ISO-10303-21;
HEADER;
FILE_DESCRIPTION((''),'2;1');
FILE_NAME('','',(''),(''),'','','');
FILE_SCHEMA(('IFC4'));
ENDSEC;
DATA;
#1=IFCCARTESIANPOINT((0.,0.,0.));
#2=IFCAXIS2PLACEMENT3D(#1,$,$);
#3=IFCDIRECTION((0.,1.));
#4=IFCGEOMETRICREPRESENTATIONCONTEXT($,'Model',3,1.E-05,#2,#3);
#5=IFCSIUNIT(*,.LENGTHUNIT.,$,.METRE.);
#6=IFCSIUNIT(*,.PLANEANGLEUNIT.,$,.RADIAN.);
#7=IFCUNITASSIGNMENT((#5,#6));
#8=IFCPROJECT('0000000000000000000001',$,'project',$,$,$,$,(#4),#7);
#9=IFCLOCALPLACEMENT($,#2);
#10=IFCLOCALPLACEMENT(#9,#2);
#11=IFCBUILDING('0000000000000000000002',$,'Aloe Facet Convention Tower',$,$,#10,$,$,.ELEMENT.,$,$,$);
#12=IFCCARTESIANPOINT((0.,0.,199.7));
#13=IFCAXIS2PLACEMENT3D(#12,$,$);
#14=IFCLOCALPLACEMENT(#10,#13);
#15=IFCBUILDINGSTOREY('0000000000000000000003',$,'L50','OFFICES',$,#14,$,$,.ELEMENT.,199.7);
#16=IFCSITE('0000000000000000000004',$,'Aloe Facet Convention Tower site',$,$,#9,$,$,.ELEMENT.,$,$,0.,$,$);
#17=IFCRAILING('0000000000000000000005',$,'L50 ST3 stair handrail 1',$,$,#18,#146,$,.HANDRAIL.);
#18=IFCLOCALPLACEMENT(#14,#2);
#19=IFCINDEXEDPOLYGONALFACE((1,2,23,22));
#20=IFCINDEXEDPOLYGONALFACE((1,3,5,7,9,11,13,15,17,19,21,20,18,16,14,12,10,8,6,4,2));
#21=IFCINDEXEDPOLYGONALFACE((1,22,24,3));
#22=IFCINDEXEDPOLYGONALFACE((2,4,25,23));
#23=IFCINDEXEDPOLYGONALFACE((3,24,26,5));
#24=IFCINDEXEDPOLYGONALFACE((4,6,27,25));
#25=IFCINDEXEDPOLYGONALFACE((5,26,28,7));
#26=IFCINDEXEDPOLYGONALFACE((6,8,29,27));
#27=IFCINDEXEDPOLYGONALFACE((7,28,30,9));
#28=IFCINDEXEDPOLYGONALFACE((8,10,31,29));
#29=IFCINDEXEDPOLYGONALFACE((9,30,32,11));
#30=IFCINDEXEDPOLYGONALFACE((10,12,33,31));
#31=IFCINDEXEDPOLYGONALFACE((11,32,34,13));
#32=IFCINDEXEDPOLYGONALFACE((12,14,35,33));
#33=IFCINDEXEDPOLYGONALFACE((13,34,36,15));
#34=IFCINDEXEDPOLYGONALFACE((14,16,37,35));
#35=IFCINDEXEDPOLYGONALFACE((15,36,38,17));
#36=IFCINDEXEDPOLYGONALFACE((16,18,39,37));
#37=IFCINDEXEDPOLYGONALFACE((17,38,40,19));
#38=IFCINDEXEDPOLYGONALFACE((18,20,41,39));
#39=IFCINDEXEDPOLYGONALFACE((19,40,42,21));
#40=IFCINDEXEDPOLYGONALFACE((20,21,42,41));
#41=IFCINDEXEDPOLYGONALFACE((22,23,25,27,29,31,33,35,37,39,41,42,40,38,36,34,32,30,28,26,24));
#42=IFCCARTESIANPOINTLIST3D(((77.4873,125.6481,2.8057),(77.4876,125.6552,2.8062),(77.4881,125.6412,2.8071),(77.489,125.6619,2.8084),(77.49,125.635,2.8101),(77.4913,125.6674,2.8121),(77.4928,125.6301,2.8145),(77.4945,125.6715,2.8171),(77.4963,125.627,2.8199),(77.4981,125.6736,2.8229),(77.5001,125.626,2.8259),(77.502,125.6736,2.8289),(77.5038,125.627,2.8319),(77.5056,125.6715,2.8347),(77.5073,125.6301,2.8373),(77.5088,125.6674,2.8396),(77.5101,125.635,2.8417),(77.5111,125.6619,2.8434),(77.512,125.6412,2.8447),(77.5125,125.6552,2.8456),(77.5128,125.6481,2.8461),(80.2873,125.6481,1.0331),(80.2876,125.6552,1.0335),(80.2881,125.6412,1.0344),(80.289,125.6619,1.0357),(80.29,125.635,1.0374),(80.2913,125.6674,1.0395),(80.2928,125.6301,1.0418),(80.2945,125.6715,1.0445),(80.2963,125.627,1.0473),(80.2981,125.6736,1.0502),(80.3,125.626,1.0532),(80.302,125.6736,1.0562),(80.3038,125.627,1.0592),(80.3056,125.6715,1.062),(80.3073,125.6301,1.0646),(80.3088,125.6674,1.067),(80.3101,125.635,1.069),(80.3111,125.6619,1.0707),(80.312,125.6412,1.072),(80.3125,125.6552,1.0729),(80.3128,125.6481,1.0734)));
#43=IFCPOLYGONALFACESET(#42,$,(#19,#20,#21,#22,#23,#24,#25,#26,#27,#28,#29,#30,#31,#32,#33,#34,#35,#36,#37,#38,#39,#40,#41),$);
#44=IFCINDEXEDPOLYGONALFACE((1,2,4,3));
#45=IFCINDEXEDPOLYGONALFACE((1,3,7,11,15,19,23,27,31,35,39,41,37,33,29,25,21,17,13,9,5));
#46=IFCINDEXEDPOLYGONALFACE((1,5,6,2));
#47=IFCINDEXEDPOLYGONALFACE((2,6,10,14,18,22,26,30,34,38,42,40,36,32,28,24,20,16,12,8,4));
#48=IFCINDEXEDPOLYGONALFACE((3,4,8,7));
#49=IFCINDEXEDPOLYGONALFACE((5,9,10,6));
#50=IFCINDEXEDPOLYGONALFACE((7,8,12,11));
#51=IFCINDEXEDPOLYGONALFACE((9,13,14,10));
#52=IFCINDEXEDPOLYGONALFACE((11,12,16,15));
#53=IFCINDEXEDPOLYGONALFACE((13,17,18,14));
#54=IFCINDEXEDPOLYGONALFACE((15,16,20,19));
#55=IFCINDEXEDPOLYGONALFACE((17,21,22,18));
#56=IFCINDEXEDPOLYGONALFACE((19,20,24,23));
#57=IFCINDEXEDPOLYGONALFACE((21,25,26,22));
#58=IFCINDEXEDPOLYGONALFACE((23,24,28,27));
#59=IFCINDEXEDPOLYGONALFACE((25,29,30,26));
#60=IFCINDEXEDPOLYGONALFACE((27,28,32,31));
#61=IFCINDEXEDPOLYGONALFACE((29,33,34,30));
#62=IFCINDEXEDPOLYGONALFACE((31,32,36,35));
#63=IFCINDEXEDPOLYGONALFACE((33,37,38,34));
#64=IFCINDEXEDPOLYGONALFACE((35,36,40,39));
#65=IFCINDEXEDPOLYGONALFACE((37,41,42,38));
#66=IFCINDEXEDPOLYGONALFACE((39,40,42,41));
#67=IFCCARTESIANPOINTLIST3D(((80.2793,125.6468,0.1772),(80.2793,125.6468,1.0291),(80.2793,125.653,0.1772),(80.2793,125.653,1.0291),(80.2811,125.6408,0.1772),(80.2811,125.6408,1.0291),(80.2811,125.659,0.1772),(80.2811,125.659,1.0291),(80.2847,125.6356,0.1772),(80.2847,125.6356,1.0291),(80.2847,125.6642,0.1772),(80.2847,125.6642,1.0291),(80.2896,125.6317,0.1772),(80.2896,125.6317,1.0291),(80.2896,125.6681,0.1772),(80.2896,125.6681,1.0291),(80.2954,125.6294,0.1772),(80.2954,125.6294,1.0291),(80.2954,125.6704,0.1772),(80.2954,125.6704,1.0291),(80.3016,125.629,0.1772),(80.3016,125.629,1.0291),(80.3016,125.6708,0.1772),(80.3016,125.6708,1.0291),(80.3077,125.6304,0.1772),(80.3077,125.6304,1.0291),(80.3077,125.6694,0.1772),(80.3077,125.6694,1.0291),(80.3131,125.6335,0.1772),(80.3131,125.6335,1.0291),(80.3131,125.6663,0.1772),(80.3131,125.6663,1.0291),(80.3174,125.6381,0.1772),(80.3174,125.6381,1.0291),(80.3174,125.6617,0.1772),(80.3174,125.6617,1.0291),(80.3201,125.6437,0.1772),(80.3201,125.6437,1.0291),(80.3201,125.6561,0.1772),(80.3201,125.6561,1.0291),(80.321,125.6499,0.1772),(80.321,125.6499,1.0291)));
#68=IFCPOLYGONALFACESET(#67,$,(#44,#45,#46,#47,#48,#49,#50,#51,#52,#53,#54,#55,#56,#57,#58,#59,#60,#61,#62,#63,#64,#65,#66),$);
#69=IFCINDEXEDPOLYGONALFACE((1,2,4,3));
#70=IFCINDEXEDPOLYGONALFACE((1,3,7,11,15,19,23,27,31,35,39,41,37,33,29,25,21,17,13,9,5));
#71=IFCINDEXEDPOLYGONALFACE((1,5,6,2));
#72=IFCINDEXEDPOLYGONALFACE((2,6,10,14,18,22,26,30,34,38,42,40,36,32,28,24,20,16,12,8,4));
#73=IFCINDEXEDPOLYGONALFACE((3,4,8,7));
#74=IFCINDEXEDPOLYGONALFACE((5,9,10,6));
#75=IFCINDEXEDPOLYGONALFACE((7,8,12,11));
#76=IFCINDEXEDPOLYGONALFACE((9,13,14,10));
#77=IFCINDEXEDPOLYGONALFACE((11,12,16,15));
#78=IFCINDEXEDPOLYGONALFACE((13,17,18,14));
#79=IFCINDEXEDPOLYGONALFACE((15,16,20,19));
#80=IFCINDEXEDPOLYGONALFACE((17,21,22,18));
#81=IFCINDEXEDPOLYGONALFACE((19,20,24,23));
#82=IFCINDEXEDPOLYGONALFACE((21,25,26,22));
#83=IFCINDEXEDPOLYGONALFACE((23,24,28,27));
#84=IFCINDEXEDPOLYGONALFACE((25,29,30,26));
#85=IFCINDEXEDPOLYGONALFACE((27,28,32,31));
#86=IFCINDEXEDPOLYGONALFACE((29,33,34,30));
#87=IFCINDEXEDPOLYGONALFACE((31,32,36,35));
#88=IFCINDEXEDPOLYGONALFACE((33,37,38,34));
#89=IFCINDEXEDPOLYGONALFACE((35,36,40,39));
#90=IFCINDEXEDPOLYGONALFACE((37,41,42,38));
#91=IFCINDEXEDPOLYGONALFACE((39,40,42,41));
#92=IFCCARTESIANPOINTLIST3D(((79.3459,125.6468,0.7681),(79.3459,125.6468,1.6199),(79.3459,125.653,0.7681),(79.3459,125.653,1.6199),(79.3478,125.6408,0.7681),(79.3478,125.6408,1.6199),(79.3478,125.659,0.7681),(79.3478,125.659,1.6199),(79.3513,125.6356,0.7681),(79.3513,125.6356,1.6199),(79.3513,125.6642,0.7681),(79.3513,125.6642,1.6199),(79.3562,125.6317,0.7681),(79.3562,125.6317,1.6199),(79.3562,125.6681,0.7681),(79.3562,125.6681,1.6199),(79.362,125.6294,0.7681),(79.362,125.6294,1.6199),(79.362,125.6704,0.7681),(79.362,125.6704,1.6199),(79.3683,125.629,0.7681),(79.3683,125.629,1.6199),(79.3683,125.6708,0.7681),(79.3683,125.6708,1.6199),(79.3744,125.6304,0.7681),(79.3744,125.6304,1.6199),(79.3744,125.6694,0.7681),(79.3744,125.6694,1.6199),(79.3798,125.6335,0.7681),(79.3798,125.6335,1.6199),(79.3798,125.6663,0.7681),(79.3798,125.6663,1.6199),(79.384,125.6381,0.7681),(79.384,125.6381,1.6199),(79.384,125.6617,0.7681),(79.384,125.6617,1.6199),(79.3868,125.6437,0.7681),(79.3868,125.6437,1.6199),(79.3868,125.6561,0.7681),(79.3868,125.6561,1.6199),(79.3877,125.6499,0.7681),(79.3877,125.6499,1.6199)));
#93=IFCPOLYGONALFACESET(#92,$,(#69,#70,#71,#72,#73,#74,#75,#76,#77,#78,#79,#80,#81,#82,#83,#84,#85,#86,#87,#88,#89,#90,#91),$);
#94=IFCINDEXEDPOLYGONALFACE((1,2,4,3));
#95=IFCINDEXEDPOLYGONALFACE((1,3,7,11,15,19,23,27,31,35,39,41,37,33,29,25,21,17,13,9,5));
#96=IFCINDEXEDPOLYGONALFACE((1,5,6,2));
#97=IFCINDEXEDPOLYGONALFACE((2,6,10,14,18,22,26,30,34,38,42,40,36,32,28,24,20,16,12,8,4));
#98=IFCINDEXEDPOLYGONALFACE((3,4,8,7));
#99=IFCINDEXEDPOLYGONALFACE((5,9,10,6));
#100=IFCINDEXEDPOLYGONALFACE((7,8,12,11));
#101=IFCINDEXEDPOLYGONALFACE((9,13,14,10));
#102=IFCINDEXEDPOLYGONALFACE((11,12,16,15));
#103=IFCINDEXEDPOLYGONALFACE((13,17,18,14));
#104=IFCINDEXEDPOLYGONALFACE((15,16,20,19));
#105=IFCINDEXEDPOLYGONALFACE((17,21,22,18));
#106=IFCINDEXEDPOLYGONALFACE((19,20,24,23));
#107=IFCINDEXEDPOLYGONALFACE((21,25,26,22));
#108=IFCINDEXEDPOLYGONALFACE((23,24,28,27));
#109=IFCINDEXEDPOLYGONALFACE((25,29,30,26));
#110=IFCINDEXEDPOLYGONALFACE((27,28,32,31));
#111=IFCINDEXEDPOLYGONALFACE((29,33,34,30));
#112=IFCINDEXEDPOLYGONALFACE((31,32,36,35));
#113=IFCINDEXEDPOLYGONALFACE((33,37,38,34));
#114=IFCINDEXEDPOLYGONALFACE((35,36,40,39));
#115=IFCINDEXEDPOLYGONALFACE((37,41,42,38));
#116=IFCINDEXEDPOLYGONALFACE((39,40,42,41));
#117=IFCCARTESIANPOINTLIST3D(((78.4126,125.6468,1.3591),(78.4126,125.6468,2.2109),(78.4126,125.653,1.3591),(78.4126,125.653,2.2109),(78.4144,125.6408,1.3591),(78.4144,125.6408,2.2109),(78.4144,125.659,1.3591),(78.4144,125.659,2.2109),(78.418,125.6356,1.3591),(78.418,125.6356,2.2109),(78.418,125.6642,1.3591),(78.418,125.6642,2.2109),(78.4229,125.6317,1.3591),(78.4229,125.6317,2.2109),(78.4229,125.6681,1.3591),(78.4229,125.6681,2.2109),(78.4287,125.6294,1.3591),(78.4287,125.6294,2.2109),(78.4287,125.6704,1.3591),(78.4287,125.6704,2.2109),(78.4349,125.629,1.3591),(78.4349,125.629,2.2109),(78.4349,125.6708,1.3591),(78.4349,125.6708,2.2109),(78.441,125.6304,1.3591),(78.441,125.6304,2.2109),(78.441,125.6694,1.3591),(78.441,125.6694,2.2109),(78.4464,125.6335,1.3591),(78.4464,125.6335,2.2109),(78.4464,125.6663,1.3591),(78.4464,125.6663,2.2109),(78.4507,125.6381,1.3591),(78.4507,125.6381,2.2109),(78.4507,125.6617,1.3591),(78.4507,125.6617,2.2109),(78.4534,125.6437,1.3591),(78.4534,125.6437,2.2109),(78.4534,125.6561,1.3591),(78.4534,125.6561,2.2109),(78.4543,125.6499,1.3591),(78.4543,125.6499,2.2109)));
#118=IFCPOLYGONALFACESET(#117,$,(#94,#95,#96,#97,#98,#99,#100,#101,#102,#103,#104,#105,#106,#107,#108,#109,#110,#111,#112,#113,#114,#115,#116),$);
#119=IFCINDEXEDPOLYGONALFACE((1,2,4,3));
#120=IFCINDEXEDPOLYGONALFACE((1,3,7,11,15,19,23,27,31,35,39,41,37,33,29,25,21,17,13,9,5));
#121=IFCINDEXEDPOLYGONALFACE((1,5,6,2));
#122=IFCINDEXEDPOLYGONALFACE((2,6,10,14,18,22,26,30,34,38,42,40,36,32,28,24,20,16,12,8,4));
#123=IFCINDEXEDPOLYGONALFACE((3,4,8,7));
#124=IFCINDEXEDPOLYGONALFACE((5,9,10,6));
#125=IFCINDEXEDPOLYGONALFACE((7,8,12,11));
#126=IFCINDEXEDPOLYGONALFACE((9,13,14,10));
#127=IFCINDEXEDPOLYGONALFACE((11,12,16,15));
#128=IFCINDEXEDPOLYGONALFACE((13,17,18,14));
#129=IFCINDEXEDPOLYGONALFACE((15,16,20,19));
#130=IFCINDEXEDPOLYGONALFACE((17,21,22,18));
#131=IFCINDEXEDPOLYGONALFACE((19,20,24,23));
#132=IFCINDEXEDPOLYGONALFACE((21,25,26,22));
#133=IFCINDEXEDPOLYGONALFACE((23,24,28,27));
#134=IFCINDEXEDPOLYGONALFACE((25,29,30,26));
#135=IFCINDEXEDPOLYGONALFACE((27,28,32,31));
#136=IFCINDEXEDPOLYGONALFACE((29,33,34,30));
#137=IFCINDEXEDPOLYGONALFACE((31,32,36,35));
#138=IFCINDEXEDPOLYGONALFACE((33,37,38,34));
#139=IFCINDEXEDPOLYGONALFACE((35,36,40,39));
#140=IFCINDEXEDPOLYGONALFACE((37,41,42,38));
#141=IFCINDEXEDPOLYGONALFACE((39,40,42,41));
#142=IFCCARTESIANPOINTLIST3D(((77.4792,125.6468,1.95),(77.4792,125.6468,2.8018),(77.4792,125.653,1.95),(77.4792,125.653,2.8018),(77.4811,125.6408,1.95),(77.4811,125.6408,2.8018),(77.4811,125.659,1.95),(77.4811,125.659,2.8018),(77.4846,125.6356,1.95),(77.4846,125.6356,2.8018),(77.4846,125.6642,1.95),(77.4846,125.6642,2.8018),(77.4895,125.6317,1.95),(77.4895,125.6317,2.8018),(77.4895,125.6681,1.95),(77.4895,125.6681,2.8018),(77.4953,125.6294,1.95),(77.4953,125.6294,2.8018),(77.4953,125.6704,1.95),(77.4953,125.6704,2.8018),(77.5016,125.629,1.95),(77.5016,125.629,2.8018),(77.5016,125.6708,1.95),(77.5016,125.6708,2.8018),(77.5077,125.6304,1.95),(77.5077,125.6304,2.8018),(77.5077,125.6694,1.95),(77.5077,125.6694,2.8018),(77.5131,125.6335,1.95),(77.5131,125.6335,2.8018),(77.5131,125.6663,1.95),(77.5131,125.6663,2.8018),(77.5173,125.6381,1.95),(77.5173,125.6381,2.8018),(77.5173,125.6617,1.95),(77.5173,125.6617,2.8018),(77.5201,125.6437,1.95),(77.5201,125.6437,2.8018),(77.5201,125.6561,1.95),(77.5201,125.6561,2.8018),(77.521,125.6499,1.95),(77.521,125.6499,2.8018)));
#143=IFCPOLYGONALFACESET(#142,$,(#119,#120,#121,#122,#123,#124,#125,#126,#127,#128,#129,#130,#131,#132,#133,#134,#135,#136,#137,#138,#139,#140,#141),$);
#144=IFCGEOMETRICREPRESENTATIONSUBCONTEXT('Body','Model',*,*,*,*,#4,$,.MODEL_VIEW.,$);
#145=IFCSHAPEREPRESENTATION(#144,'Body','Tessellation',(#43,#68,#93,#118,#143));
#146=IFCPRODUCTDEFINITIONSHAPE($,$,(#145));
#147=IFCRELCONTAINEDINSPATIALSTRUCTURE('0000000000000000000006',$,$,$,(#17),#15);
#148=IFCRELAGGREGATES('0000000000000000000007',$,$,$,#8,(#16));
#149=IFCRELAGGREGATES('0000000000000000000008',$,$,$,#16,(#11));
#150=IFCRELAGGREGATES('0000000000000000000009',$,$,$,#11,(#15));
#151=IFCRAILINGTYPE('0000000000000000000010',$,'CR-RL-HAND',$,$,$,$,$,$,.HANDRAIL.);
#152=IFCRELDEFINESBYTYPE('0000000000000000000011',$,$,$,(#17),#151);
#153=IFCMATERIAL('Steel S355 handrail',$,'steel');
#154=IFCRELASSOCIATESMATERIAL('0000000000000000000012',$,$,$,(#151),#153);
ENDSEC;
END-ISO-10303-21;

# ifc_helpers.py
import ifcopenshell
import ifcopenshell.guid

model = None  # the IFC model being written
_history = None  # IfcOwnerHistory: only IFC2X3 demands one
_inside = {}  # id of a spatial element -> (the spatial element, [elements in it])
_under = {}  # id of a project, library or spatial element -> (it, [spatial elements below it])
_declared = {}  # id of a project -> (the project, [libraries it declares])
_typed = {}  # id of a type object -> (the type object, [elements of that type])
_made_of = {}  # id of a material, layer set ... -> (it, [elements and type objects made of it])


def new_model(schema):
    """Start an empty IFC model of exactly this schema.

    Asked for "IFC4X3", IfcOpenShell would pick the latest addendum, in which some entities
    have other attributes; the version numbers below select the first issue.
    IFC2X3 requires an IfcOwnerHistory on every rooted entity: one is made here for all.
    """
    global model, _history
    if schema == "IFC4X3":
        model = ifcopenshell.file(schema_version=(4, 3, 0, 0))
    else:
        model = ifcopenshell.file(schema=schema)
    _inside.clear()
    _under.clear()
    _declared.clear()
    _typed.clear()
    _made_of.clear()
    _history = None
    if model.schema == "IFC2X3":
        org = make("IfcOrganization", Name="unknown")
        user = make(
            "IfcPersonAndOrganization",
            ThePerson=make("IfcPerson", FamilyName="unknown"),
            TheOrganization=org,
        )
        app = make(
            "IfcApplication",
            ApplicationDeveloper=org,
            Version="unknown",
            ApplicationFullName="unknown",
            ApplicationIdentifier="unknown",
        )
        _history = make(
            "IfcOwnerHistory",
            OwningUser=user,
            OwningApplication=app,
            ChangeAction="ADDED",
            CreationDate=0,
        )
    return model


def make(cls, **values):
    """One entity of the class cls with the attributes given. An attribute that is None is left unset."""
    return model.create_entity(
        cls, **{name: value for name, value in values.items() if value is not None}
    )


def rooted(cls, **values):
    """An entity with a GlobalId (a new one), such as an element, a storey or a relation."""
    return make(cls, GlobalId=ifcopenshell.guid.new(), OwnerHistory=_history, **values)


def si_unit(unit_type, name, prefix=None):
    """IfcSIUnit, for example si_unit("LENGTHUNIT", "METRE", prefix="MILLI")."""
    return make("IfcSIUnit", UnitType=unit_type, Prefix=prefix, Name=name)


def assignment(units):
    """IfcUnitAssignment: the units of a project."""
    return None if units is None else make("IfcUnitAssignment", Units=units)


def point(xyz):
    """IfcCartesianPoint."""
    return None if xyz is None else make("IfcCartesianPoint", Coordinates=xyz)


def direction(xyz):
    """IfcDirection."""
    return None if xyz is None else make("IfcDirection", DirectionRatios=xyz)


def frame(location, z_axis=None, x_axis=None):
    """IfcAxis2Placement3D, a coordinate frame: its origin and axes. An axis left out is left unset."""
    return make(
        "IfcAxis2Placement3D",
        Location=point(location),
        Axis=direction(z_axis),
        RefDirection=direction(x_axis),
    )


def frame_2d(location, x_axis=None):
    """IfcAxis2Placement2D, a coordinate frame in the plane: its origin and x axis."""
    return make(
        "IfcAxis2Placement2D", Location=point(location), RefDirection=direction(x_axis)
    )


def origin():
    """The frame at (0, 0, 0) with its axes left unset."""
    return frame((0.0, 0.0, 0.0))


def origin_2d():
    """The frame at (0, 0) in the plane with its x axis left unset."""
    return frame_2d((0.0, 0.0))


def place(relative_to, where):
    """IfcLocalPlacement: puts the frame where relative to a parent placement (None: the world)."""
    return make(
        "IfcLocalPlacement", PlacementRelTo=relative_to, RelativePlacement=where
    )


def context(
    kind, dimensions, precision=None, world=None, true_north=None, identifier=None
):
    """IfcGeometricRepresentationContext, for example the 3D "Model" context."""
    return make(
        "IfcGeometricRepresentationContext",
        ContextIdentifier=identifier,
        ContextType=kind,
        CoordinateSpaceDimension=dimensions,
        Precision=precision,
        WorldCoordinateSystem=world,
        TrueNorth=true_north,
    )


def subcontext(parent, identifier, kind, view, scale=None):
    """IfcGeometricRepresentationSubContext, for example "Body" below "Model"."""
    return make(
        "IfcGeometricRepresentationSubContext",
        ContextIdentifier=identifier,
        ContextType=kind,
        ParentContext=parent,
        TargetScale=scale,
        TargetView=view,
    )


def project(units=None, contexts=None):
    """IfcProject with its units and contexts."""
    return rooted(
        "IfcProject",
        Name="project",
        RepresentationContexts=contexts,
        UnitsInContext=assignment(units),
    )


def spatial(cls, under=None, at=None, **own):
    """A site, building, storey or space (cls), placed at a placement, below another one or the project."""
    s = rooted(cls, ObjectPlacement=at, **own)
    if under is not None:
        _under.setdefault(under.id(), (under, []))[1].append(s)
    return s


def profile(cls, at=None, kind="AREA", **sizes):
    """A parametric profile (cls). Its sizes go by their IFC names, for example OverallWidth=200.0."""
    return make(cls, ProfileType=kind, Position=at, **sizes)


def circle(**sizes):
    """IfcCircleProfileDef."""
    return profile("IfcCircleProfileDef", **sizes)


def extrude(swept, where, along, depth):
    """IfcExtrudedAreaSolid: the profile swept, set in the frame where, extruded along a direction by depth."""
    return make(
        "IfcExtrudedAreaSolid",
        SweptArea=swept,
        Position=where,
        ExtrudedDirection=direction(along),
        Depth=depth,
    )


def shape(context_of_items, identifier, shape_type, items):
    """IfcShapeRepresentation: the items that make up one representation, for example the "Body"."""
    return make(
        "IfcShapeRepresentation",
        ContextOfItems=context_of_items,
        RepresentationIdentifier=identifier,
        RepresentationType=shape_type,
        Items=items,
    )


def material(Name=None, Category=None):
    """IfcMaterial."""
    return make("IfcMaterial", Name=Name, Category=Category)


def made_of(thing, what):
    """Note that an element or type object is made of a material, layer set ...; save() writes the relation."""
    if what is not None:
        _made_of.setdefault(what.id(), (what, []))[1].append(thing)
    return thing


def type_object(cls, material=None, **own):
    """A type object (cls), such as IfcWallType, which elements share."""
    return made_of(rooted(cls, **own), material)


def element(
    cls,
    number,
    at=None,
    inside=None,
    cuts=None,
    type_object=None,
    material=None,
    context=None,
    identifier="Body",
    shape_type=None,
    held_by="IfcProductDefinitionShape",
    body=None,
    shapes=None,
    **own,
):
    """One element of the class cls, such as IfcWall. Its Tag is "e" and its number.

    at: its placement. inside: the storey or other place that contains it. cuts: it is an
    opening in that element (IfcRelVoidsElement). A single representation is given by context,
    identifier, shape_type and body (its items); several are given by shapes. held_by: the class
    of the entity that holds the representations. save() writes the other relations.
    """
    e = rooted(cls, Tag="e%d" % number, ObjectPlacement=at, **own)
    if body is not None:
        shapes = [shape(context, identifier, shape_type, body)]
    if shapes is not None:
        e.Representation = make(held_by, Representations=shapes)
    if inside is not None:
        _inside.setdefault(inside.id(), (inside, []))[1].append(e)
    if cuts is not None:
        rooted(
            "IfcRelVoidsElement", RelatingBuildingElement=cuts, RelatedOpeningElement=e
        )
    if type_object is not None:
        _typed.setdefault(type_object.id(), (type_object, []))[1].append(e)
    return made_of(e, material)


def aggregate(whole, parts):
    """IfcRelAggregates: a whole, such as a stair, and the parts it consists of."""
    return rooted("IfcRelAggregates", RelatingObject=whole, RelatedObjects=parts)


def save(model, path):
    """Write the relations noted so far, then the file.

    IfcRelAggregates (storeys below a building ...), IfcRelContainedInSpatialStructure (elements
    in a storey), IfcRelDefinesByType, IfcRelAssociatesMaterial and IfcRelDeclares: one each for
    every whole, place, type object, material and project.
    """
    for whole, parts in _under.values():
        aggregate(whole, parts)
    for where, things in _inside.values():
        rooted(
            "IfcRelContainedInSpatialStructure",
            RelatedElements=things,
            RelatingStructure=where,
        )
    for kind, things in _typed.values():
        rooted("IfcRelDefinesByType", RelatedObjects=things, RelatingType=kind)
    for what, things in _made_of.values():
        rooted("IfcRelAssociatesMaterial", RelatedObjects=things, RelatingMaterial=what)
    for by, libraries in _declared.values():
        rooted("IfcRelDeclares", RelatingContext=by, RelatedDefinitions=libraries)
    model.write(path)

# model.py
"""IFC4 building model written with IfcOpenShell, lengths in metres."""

from ifc_helpers import new_model, si_unit, direction, frame, origin, origin_2d, place, context, subcontext, project, spatial, circle, extrude, material, type_object, element, save


model = new_model("IFC4")

# Units and contexts
model_context = context("Model", 3, precision=1e-05, world=origin(), true_north=direction((0.0, 1.0)))
body_context = subcontext(model_context, "Body", "Model", "MODEL_VIEW")
ifc_project = project(units=[si_unit("LENGTHUNIT", "METRE"), si_unit("PLANEANGLEUNIT", "RADIAN")], contexts=[model_context])

# Site, building, storey
site_placement = place(None, origin())
site = spatial("IfcSite", under=ifc_project, at=site_placement, Name="Aloe Facet Convention Tower site", CompositionType="ELEMENT", RefElevation=0.0)
building_placement = place(site_placement, origin())
building = spatial("IfcBuilding", under=site, at=building_placement, Name="Aloe Facet Convention Tower", CompositionType="ELEMENT")
storey_placement = place(building_placement, frame((0.0, 0.0, 199.7)))
storey = spatial("IfcBuildingStorey", under=building, at=storey_placement, Name="L50", Description="OFFICES", CompositionType="ELEMENT", Elevation=199.7)

# Railing
ifc_material_1 = material(Name="Steel S355 handrail", Category="steel")
railing_type_1 = type_object("IfcRailingType", Name="CR-RL-HAND", PredefinedType="HANDRAIL", material=ifc_material_1)
railing_1_placement = place(storey_placement, frame((80.3, 125.6499, 0.1772)))
element("IfcRailing", 1, at=railing_1_placement, inside=storey, type_object=railing_type_1, Name="L50 ST3 stair handrail 1", PredefinedType="HANDRAIL", context=body_context, shape_type="SweptSolid", body=[
    extrude(circle(Radius=0.0239, at=origin_2d()), frame((0.0, 0.0, 0.876), z_axis=(-0.844909, 0.0, 0.53491), x_axis=(0.0, -1.0, 0.0)), (0.0, 0.0, 1.0), 3.314),
    extrude(circle(Radius=0.021, at=origin_2d()), origin(), (0.0, 0.0, 1.0), 0.8518),
    extrude(circle(Radius=0.021, at=origin_2d()), frame((-0.9333, 0.0, 0.5908)), (0.0, 0.0, 1.0), 0.8518),
    extrude(circle(Radius=0.021, at=origin_2d()), frame((-1.8667, 0.0, 1.1819)), (0.0, 0.0, 1.0), 0.8518),
    extrude(circle(Radius=0.021, at=origin_2d()), frame((-2.8, 0.0, 1.7727)), (0.0, 0.0, 1.0), 0.8518),
])

save(model, "model.ifc")
